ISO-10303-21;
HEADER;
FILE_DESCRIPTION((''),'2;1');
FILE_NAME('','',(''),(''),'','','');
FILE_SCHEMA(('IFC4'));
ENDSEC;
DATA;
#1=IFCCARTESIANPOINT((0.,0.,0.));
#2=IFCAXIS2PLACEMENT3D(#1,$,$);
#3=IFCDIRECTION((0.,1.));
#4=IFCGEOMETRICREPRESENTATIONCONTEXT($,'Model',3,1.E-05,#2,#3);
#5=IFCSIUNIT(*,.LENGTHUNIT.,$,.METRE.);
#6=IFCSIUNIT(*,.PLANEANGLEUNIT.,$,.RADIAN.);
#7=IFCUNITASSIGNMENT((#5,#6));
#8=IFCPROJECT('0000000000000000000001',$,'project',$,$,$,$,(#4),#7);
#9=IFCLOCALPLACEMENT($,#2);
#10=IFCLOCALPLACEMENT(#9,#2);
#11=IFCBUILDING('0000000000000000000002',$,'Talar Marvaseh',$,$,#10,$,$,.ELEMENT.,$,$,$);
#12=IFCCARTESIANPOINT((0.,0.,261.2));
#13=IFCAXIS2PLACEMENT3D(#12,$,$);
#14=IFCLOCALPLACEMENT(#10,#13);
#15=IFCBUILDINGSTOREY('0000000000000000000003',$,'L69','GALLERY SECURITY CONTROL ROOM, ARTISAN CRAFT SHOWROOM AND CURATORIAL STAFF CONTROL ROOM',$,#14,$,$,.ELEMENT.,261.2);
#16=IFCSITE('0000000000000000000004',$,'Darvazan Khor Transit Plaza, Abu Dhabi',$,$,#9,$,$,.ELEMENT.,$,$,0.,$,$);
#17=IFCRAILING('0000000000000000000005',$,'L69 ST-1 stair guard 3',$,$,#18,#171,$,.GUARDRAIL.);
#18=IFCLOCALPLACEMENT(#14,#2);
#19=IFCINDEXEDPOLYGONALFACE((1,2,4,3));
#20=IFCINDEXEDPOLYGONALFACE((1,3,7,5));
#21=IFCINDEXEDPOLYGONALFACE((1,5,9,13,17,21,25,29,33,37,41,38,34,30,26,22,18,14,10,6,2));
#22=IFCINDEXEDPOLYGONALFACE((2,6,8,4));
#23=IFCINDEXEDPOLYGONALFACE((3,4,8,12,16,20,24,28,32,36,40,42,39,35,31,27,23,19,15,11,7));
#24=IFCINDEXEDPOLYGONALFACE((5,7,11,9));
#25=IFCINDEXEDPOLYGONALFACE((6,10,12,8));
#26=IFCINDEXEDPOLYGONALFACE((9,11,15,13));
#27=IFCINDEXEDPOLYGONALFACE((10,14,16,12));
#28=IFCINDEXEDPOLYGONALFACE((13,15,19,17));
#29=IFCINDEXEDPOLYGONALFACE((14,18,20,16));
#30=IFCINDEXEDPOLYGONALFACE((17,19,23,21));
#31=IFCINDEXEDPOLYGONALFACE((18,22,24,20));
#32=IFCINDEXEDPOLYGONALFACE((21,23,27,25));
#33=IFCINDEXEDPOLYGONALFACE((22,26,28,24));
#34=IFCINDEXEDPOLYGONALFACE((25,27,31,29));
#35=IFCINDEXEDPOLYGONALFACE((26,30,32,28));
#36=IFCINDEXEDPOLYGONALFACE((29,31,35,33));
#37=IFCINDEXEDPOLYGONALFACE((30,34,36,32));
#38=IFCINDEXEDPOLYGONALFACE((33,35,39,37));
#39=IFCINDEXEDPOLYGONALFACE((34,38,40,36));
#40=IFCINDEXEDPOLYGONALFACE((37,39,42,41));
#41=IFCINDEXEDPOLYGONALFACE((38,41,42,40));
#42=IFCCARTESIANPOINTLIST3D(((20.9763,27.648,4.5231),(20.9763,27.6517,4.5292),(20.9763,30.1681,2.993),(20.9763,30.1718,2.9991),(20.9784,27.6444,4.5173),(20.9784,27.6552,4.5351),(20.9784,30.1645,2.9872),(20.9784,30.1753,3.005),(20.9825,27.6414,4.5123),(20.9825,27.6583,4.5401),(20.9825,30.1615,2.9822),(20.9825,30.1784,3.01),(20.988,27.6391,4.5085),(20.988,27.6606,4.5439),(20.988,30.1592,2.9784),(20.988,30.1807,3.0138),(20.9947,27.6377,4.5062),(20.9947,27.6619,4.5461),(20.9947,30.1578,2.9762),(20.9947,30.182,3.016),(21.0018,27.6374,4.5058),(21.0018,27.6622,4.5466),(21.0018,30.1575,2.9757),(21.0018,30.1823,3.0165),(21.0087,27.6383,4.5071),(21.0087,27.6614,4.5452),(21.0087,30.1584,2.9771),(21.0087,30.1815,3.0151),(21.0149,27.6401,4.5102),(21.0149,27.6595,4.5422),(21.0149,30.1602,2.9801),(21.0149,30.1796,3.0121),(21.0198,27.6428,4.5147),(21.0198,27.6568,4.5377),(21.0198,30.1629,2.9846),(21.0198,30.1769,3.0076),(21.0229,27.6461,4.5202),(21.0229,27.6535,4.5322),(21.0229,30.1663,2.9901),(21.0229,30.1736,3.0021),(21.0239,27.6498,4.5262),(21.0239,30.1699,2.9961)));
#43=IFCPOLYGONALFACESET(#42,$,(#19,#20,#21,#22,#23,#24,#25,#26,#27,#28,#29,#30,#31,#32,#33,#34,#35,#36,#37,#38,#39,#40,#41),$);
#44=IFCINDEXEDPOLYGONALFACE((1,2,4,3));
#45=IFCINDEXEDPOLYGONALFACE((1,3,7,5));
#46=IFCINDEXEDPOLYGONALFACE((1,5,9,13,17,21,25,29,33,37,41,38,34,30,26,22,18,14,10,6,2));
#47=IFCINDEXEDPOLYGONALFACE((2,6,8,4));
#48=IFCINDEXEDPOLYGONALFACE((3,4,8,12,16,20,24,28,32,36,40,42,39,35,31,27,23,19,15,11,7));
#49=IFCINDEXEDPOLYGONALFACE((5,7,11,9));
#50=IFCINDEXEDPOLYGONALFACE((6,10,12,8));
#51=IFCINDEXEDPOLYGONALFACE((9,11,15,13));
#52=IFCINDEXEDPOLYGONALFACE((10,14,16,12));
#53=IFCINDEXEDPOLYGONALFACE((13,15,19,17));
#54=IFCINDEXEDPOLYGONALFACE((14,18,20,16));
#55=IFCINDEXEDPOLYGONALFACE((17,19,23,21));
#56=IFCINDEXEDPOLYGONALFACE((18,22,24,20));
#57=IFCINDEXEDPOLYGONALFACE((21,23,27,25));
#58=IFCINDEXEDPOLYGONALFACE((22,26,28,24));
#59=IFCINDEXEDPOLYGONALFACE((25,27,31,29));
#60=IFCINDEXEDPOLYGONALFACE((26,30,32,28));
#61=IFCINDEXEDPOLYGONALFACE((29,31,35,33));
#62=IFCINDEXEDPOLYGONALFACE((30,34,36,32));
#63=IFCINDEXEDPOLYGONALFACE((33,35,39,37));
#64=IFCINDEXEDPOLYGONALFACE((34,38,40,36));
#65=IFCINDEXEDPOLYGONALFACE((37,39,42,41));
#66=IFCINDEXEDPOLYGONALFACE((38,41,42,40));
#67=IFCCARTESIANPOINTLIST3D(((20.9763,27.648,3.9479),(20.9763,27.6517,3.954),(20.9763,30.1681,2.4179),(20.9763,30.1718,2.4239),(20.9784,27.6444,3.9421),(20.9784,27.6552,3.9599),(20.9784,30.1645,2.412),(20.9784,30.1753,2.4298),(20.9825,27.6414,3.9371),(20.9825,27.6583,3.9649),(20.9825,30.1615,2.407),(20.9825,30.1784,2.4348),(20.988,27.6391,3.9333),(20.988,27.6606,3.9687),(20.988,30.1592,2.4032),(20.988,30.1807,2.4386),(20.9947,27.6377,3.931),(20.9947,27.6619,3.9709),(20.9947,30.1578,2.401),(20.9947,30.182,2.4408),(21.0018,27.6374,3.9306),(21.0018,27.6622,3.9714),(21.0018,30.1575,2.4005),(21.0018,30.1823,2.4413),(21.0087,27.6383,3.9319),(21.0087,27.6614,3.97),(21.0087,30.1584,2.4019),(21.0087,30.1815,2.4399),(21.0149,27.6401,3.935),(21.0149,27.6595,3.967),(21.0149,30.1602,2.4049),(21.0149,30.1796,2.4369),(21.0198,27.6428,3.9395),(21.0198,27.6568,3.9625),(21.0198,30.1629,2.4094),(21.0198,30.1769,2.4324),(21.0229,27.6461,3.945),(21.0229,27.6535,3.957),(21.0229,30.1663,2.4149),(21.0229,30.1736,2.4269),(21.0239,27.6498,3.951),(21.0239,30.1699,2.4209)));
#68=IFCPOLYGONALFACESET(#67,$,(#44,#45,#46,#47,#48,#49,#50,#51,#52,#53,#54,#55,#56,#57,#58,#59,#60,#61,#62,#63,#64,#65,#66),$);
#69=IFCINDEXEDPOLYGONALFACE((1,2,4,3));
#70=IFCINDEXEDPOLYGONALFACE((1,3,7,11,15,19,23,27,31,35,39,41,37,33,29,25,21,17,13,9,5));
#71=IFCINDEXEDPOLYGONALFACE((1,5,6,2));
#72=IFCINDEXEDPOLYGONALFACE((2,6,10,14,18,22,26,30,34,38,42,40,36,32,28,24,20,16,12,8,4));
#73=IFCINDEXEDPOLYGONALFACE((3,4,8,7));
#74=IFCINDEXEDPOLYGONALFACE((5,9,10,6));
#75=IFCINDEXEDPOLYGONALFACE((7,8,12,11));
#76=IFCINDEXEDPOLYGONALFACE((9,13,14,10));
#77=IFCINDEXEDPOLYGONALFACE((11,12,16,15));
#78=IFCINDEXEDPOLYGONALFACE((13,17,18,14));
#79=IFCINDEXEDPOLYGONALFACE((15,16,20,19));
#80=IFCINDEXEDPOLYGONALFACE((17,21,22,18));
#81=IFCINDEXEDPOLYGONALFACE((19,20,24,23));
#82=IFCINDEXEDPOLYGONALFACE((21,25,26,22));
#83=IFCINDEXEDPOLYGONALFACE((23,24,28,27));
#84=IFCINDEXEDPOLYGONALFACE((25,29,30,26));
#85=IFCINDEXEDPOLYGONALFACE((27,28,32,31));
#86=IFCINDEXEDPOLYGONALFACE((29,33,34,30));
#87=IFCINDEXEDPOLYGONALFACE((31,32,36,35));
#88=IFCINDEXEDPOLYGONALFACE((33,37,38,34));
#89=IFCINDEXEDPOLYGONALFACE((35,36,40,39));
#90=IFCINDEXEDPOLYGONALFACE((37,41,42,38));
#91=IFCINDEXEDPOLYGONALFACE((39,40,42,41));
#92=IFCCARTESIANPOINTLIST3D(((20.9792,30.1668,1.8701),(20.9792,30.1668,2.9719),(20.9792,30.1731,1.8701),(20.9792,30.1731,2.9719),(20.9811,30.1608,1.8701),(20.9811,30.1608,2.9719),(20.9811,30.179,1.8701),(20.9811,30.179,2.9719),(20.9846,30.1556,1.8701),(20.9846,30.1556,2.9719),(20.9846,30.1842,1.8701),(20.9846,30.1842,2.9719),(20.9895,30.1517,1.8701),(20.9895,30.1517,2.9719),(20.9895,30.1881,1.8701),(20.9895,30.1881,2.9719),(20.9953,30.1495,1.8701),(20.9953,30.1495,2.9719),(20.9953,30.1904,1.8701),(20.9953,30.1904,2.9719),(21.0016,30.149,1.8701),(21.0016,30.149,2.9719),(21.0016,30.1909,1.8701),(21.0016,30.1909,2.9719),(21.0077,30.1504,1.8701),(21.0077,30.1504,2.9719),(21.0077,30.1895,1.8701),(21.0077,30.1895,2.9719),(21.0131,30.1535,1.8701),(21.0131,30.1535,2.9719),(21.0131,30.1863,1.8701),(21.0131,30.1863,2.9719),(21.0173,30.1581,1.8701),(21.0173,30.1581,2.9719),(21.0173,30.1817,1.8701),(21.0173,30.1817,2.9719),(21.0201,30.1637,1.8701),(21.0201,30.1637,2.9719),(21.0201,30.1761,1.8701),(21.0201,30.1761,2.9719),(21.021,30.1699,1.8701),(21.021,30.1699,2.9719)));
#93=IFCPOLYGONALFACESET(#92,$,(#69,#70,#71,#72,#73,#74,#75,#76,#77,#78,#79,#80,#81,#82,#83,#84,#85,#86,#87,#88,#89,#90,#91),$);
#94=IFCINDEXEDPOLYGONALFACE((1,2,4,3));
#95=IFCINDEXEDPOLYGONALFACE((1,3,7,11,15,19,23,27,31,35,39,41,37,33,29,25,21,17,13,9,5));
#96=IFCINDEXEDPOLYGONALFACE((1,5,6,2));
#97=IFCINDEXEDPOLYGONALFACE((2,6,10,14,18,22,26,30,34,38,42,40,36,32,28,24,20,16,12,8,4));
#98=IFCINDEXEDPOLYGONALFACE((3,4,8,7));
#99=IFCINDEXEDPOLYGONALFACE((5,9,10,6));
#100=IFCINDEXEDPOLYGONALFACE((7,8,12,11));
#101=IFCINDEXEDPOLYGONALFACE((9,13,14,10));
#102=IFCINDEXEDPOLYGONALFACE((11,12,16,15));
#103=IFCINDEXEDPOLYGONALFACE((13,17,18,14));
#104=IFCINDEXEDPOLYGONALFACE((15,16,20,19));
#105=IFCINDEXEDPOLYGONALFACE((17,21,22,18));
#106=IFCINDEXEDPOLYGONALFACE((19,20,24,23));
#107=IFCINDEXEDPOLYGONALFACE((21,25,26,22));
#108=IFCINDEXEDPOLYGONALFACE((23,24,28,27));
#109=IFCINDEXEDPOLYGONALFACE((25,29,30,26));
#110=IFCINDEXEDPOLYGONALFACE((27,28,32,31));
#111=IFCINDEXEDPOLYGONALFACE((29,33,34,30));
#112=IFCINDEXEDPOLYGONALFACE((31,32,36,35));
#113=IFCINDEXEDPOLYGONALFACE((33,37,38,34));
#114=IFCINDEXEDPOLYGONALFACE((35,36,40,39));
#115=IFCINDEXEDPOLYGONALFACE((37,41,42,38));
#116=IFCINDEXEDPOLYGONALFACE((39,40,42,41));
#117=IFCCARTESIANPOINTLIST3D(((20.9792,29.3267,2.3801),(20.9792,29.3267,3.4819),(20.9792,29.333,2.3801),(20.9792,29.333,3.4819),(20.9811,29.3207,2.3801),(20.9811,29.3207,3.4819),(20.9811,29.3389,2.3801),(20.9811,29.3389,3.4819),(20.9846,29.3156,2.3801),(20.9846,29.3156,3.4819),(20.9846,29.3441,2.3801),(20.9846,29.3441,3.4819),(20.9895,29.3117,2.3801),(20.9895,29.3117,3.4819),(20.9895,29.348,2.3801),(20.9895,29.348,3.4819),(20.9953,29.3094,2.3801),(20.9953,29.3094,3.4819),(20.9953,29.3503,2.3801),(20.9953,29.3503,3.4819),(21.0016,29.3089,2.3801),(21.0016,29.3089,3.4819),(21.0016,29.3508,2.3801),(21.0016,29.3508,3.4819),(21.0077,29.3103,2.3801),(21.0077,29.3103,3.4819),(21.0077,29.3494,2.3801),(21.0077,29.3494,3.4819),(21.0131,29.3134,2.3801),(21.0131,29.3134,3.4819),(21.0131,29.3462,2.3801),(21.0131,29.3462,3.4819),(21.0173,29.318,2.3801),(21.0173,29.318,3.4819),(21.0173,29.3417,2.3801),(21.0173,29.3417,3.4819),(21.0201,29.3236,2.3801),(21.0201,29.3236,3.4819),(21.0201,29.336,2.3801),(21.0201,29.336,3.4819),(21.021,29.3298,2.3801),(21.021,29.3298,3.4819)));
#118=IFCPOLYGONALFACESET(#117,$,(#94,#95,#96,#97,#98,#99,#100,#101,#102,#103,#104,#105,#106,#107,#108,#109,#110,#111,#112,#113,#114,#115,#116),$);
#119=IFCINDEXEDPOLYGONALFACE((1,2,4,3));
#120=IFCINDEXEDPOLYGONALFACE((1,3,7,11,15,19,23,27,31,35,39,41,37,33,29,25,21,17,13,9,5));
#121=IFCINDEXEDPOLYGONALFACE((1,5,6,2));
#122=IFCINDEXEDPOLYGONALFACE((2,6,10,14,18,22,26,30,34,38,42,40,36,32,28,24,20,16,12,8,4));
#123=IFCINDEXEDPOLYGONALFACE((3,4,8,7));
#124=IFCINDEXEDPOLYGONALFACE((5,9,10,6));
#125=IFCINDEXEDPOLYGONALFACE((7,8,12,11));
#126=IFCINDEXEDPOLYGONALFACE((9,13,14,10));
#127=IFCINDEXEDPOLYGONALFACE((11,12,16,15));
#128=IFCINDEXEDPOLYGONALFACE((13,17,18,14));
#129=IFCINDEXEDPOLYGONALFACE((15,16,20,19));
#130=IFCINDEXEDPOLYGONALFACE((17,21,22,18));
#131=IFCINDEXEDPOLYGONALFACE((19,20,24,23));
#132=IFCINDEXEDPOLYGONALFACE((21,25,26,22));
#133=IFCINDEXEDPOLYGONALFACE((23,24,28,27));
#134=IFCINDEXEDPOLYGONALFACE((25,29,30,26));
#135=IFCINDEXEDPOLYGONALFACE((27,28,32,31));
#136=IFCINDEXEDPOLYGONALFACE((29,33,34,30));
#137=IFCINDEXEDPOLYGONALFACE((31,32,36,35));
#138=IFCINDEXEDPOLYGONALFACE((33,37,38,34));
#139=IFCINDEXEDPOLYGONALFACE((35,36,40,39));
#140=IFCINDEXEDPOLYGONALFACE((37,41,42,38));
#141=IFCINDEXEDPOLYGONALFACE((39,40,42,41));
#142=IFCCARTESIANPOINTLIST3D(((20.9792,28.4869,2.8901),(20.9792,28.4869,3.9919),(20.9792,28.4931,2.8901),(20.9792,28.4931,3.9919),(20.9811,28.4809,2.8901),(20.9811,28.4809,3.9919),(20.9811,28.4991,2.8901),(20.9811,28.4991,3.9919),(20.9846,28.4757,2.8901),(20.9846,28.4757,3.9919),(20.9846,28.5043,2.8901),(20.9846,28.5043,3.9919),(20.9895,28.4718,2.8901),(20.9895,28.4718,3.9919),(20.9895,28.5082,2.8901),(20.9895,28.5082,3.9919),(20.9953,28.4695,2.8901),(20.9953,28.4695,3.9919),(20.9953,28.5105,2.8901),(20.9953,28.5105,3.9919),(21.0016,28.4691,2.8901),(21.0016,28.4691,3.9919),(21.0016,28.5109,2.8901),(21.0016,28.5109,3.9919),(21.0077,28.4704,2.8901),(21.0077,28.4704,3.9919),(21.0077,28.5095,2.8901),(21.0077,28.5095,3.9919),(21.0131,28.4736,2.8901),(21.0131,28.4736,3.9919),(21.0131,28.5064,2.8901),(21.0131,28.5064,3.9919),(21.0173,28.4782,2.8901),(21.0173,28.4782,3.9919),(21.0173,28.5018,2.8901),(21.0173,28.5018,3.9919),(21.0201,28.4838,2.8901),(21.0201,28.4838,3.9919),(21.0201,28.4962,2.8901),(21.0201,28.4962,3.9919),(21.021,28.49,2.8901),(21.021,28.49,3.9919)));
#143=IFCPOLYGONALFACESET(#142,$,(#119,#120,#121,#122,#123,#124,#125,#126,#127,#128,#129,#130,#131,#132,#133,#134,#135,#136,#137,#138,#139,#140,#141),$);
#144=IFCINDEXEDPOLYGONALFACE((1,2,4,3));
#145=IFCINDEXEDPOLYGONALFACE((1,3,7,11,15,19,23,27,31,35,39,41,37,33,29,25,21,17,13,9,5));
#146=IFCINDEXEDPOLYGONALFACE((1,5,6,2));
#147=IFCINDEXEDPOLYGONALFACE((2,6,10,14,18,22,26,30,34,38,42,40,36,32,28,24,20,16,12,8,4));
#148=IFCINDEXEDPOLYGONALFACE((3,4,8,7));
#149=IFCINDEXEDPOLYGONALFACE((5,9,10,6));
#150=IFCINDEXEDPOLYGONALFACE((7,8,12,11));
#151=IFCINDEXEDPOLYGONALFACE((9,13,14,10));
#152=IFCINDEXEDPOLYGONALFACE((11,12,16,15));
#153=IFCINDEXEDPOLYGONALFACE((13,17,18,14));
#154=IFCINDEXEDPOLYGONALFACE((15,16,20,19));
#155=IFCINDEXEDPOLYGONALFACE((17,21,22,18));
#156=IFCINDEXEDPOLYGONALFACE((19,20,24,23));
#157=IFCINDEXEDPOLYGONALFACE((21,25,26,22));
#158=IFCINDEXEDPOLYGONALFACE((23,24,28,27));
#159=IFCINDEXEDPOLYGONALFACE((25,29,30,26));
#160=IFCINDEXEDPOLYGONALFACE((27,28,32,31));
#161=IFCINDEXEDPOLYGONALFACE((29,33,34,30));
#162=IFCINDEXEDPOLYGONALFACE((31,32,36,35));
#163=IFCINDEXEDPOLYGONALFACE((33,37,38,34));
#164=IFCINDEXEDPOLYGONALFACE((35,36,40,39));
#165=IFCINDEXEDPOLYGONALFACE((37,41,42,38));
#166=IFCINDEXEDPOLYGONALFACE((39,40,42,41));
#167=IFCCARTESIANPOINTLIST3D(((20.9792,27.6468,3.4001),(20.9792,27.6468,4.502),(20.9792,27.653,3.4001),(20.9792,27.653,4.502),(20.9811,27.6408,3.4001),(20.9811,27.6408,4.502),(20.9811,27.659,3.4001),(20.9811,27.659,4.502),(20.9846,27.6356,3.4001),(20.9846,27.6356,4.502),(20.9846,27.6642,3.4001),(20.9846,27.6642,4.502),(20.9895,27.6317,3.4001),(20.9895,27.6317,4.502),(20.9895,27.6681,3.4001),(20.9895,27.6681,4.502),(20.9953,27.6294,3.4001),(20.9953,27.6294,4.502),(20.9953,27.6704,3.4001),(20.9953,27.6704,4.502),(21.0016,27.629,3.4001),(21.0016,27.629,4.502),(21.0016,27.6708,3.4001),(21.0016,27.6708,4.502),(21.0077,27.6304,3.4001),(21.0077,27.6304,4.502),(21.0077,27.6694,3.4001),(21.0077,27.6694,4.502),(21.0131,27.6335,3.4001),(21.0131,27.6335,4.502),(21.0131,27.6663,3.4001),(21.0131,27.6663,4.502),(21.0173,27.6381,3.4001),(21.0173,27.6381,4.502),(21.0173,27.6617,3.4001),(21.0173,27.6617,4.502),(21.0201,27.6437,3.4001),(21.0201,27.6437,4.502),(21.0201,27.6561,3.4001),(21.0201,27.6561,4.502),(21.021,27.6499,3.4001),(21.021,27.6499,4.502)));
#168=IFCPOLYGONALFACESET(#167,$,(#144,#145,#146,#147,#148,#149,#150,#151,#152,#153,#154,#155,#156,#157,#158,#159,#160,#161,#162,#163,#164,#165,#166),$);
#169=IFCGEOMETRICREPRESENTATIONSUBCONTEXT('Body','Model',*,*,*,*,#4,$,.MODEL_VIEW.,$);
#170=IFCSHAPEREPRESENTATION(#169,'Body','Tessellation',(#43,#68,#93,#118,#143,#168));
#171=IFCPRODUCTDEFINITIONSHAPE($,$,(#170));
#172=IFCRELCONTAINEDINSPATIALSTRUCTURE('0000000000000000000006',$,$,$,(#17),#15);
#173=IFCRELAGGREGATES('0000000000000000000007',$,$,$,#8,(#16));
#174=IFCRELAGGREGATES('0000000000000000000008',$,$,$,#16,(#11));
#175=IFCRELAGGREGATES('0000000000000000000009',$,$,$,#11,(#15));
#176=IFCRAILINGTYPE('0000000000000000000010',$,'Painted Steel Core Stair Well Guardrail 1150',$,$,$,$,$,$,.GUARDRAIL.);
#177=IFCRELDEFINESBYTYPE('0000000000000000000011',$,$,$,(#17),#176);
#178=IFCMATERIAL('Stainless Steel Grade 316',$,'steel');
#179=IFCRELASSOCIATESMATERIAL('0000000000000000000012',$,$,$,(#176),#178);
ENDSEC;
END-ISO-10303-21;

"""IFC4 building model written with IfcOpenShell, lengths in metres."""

from ifc_helpers import new_model, si_unit, direction, frame, origin, origin_2d, place, context, subcontext, project, spatial, circle, extrude, material, type_object, element, save


model = new_model("IFC4")

# Units and contexts
model_context = context("Model", 3, precision=1e-05, world=origin(), true_north=direction((0.0, 1.0)))
body_context = subcontext(model_context, "Body", "Model", "MODEL_VIEW")
ifc_project = project(units=[si_unit("LENGTHUNIT", "METRE"), si_unit("PLANEANGLEUNIT", "RADIAN")], contexts=[model_context])

# Site, building, storey
site_placement = place(None, origin())
site = spatial("IfcSite", under=ifc_project, at=site_placement, Name="Darvazan Khor Transit Plaza, Abu Dhabi", CompositionType="ELEMENT", RefElevation=0.0)
building_placement = place(site_placement, origin())
building = spatial("IfcBuilding", under=site, at=building_placement, Name="Talar Marvaseh", CompositionType="ELEMENT")
storey_placement = place(building_placement, frame((0.0, 0.0, 261.2)))
storey = spatial("IfcBuildingStorey", under=building, at=storey_placement, Name="L69", Description="GALLERY SECURITY CONTROL ROOM, ARTISAN CRAFT SHOWROOM AND CURATORIAL STAFF CONTROL ROOM", CompositionType="ELEMENT", Elevation=261.2)

# Shared definitions
ifc_material_1 = material(Name="Stainless Steel Grade 316", Category="steel")

# Railing
railing_type_1 = type_object("IfcRailingType", Name="Painted Steel Core Stair Well Guardrail 1150", PredefinedType="GUARDRAIL", material=ifc_material_1)
railing_1_placement = place(storey_placement, frame((21.0, 30.1699, 1.8701)))
element("IfcRailing", 1, at=railing_1_placement, inside=storey, type_object=railing_type_1, Name="L69 ST-1 stair guard 3", PredefinedType="GUARDRAIL", context=body_context, shape_type="SweptSolid", body=[
    extrude(circle(Radius=0.0239, at=origin_2d()), frame((0.0, 0.0, 1.126), z_axis=(0.0, -0.854785, 0.518982), x_axis=(1.0, 0.0, 0.0)), (0.0, 0.0, 1.0), 2.9482),
    extrude(circle(Radius=0.0239, at=origin_2d()), frame((0.0, 0.0, 0.5508), z_axis=(0.0, -0.854785, 0.518982), x_axis=(1.0, 0.0, 0.0)), (0.0, 0.0, 1.0), 2.9482),
    extrude(circle(Radius=0.021, at=origin_2d()), origin(), (0.0, 0.0, 1.0), 1.1018),
    extrude(circle(Radius=0.021, at=origin_2d()), frame((0.0, -0.8401, 0.51)), (0.0, 0.0, 1.0), 1.1018),
    extrude(circle(Radius=0.021, at=origin_2d()), frame((0.0, -1.6799, 1.02)), (0.0, 0.0, 1.0), 1.1018),
    extrude(circle(Radius=0.021, at=origin_2d()), frame((0.0, -2.52, 1.53)), (0.0, 0.0, 1.0), 1.1018),
])

save(model, "model.ifc")
